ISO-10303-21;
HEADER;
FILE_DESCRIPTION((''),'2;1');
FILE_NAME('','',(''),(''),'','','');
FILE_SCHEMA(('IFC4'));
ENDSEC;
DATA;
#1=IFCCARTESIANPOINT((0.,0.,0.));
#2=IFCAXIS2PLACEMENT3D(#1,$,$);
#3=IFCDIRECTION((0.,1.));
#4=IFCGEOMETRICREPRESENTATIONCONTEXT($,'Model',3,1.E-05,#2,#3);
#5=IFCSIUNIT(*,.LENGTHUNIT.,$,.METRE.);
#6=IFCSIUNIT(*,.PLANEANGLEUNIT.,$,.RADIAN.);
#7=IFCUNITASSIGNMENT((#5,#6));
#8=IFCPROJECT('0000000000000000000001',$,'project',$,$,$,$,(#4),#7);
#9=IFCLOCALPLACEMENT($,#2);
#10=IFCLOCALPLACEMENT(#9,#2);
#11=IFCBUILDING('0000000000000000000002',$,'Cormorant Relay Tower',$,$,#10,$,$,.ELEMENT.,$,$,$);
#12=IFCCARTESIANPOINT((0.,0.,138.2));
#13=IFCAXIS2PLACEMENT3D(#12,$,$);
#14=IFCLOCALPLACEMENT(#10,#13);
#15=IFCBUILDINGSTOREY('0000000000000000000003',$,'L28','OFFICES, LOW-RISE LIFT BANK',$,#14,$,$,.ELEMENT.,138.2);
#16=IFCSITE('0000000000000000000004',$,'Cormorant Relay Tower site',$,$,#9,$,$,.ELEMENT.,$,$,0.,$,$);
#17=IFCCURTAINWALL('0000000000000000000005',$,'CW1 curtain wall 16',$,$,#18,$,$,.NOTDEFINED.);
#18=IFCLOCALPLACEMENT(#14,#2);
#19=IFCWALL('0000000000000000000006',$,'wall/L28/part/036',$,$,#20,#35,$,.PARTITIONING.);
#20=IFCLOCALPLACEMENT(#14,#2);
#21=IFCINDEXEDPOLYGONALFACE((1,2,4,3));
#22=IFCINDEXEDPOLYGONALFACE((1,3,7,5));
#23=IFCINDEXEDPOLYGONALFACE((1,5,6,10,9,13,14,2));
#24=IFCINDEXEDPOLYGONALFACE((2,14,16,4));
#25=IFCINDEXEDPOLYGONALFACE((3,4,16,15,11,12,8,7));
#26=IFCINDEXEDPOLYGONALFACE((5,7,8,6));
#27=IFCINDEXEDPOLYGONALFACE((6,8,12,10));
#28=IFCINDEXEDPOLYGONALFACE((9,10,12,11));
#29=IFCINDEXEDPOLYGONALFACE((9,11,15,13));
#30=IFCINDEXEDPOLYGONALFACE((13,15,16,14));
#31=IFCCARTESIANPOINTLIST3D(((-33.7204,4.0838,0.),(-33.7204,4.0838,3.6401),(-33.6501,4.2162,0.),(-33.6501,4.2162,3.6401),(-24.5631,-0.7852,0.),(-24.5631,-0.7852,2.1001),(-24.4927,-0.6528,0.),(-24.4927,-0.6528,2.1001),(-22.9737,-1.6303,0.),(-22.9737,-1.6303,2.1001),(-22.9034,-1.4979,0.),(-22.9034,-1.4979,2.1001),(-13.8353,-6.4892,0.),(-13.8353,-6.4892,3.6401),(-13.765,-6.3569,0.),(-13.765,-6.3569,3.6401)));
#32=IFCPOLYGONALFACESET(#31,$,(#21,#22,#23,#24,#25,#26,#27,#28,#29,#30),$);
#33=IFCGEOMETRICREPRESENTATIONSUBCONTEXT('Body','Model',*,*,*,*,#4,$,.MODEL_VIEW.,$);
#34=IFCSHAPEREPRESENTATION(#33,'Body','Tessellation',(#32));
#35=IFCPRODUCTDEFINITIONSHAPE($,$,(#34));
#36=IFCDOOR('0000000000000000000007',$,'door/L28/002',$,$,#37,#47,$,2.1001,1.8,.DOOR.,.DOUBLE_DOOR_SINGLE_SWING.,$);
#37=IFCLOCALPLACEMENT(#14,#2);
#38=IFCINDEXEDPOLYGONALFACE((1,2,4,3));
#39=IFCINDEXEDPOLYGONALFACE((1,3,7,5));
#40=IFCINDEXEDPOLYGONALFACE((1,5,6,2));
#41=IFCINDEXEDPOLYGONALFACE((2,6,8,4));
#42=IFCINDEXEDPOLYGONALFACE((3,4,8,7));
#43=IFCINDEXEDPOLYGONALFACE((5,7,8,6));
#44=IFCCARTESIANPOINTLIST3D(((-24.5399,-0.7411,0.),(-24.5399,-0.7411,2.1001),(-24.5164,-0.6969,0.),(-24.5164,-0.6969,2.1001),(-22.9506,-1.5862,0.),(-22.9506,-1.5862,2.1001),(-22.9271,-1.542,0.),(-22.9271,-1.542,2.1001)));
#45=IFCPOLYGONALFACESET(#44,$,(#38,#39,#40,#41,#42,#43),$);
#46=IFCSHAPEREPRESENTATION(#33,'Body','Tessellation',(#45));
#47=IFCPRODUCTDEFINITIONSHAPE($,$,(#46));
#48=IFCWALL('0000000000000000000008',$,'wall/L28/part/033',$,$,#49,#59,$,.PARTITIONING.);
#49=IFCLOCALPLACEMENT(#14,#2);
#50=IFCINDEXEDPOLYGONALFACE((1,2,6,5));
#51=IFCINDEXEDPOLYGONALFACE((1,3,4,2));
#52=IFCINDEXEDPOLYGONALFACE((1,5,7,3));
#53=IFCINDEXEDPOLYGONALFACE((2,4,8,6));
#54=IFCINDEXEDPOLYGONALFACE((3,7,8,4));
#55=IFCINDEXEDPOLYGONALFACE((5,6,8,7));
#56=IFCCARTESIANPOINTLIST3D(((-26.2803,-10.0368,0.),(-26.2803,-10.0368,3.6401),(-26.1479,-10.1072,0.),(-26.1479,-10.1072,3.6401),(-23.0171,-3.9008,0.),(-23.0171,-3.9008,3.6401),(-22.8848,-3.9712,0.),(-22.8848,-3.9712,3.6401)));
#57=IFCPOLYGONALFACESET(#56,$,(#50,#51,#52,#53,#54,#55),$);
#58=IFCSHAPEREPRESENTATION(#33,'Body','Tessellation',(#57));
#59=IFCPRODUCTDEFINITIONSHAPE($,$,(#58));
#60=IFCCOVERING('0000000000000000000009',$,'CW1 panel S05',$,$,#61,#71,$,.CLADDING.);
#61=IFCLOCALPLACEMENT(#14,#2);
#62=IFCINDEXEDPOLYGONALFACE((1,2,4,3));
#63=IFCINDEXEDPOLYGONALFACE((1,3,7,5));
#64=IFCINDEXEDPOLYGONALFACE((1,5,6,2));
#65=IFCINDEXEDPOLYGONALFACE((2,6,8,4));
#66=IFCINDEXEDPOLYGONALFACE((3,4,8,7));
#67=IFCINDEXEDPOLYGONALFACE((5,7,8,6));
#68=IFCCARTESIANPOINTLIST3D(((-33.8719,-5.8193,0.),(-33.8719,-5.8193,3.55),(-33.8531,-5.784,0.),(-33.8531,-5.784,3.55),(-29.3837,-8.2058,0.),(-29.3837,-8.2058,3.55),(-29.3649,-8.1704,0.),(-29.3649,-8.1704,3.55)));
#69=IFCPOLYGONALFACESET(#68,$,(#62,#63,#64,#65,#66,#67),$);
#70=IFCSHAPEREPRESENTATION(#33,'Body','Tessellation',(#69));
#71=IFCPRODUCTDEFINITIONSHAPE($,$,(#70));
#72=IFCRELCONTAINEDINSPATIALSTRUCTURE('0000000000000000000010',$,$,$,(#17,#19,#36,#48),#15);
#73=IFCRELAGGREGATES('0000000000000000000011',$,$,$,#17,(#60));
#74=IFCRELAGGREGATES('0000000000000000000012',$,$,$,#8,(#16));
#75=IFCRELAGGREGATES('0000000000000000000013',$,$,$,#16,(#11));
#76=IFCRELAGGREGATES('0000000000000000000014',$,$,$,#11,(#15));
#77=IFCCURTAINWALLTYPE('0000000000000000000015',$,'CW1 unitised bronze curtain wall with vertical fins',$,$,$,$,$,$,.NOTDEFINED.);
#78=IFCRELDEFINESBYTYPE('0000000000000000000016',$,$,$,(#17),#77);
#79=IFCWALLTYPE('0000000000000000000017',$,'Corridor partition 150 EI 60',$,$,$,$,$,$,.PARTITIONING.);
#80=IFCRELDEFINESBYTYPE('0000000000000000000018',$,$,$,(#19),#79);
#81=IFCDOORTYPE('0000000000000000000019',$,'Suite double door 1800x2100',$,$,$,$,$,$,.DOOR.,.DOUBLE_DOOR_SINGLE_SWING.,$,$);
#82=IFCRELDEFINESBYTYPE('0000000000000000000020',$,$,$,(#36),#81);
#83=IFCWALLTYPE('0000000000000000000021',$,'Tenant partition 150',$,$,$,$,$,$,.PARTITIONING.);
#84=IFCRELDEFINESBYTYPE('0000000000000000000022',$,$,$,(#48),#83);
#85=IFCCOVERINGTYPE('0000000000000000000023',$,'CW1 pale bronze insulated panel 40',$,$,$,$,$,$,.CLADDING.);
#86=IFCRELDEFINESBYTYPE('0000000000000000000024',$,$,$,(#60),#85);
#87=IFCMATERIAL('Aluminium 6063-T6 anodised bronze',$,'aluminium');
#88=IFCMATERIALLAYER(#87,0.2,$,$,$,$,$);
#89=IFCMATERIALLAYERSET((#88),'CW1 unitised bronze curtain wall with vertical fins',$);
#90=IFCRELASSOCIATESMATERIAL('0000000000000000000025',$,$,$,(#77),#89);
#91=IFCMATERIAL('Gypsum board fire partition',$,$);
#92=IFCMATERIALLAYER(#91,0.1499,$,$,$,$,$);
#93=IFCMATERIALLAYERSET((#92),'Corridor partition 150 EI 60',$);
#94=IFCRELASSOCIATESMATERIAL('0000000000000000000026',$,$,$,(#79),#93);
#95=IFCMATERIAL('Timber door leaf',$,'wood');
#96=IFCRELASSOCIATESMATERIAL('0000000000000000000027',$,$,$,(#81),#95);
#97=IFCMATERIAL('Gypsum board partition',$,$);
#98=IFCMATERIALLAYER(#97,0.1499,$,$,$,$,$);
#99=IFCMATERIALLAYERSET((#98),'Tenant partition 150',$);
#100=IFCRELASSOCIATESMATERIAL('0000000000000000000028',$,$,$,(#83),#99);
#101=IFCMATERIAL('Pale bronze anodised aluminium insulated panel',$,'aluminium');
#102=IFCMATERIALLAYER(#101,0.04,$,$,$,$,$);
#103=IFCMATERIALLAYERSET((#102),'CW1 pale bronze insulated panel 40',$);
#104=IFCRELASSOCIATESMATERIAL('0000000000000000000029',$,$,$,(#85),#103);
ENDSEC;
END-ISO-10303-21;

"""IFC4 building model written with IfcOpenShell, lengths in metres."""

from ifc_helpers import new_model, si_unit, direction, frame, frame_2d, origin, origin_2d, place, context, subcontext, project, spatial, rectangle, extrude, material, layer, layer_set, type_object, element, fill, aggregate, save


model = new_model("IFC4")

# Units and contexts
model_context = context("Model", 3, precision=1e-05, world=origin(), true_north=direction((0.0, 1.0)))
body_context = subcontext(model_context, "Body", "Model", "MODEL_VIEW")
ifc_project = project(units=[si_unit("LENGTHUNIT", "METRE"), si_unit("PLANEANGLEUNIT", "RADIAN")], contexts=[model_context])

# Site, building, storey
site_placement = place(None, origin())
site = spatial("IfcSite", under=ifc_project, at=site_placement, Name="Cormorant Relay Tower site", CompositionType="ELEMENT", RefElevation=0.0)
building_placement = place(site_placement, origin())
building = spatial("IfcBuilding", under=site, at=building_placement, Name="Cormorant Relay Tower", CompositionType="ELEMENT")
storey_placement = place(building_placement, frame((0.0, 0.0, 138.2)))
storey = spatial("IfcBuildingStorey", under=building, at=storey_placement, Name="L28", Description="OFFICES, LOW-RISE LIFT BANK", CompositionType="ELEMENT", Elevation=138.2)

# Curtain wall
ifc_material_1 = material(Name="Aluminium 6063-T6 anodised bronze", Category="aluminium")
ifc_layer_1 = layer(ifc_material_1, 0.2)
ifc_layer_set_1 = layer_set([ifc_layer_1], Name="CW1 unitised bronze curtain wall with vertical fins")
curtain_wall_type = type_object("IfcCurtainWallType", Name="CW1 unitised bronze curtain wall with vertical fins", PredefinedType="NOTDEFINED", material=ifc_layer_set_1)
curtain_wall_placement = place(storey_placement, origin())
curtain_wall = element("IfcCurtainWall", 1, at=curtain_wall_placement, inside=storey, type_object=curtain_wall_type, Name="CW1 curtain wall 16", PredefinedType="NOTDEFINED")

# Shared definitions
ifc_material_2 = material(Name="Gypsum board fire partition")
ifc_layer_2 = layer(ifc_material_2, 0.1499)
ifc_layer_set_2 = layer_set([ifc_layer_2], Name="Corridor partition 150 EI 60")
wall_type_1 = type_object("IfcWallType", Name="Corridor partition 150 EI 60", PredefinedType="PARTITIONING", material=ifc_layer_set_2)

# Wall, opening, door
wall_1_placement = place(storey_placement, frame((-13.8, -6.4231, 0.0), z_axis=(0.0, 0.0, 1.0), x_axis=(-0.882948, 0.46947, 0.0)))
wall_1 = element("IfcWall", 2, at=wall_1_placement, inside=storey, type_object=wall_type_1, Name="wall/L28/part/036", PredefinedType="PARTITIONING", context=body_context, shape_type="SweptSolid", body=[
    extrude(rectangle(XDim=22.5212, YDim=0.1499, at=frame_2d((11.2607, 0.0))), origin(), (0.0, 0.0, 1.0), 3.6401),
])
opening_1_placement = place(wall_1_placement, frame((10.3501, 0.0, 0.0)))
opening_1 = element("IfcOpeningElement", 3, at=opening_1_placement, cuts=wall_1, PredefinedType="OPENING", context=body_context, shape_type="SweptSolid", body=[
    extrude(rectangle(XDim=1.8, YDim=2.1001, at=frame_2d((0.8999, 1.05))), frame((0.0, 0.085, 0.0), z_axis=(0.0, -1.0, 0.0), x_axis=(1.0, 0.0, 0.0)), (0.0, 0.0, 1.0), 0.1699),
])
ifc_material_3 = material(Name="Timber door leaf", Category="wood")
door_type_1 = type_object("IfcDoorType", Name="Suite double door 1800x2100", OperationType="DOUBLE_DOOR_SINGLE_SWING", PredefinedType="DOOR", material=ifc_material_3)
door_1_placement = place(opening_1_placement, frame((1.8, 0.0, 0.0), z_axis=(0.0, 0.0, 1.0), x_axis=(-1.0, 0.0, 0.0)))
door_1 = element("IfcDoor", 4, at=door_1_placement, inside=storey, type_object=door_type_1, Name="door/L28/002", OperationType="DOUBLE_DOOR_SINGLE_SWING", OverallHeight=2.1001, OverallWidth=1.8, PredefinedType="DOOR", context=body_context, shape_type="SweptSolid", body=[
    extrude(rectangle(XDim=1.8, YDim=2.1001, at=frame_2d((0.8999, 1.05))), frame((0.0, 0.0249, 0.0), z_axis=(0.0, -1.0, 0.0), x_axis=(1.0, 0.0, 0.0)), (0.0, 0.0, 1.0), 0.05),
])
fill(opening_1, door_1)

# Wall
ifc_material_4 = material(Name="Gypsum board partition")
ifc_layer_3 = layer(ifc_material_4, 0.1499)
ifc_layer_set_3 = layer_set([ifc_layer_3], Name="Tenant partition 150")
wall_type_2 = type_object("IfcWallType", Name="Tenant partition 150", PredefinedType="PARTITIONING", material=ifc_layer_set_3)
wall_2_placement = place(storey_placement, frame((-22.9509, -3.936, 0.0), z_axis=(0.0, 0.0, 1.0), x_axis=(-0.469541, -0.882911, 0.0)))
element("IfcWall", 5, at=wall_2_placement, inside=storey, type_object=wall_type_2, Name="wall/L28/part/033", PredefinedType="PARTITIONING", context=body_context, shape_type="SweptSolid", body=[
    extrude(rectangle(XDim=6.9497, YDim=0.1499, at=frame_2d((3.4749, 0.0))), origin(), (0.0, 0.0, 1.0), 3.6401),
])

# Covering
ifc_material_5 = material(Name="Pale bronze anodised aluminium insulated panel", Category="aluminium")
ifc_layer_4 = layer(ifc_material_5, 0.04)
ifc_layer_set_4 = layer_set([ifc_layer_4], Name="CW1 pale bronze insulated panel 40")
covering_type = type_object("IfcCoveringType", Name="CW1 pale bronze insulated panel 40", PredefinedType="CLADDING", material=ifc_layer_set_4)
covering_placement = place(storey_placement, frame((-31.6184, -6.9949, 0.0), z_axis=(0.0, 0.0, 1.0), x_axis=(0.882948, -0.469472, 0.0)))
covering = element("IfcCovering", 6, at=covering_placement, type_object=covering_type, Name="CW1 panel S05", PredefinedType="CLADDING", context=body_context, shape_type="SweptSolid", body=[
    extrude(rectangle(XDim=5.0833, YDim=0.04, at=origin_2d()), origin(), (0.0, 0.0, 1.0), 3.55),
])
aggregate(curtain_wall, [covering])

save(model, "model.ifc")
